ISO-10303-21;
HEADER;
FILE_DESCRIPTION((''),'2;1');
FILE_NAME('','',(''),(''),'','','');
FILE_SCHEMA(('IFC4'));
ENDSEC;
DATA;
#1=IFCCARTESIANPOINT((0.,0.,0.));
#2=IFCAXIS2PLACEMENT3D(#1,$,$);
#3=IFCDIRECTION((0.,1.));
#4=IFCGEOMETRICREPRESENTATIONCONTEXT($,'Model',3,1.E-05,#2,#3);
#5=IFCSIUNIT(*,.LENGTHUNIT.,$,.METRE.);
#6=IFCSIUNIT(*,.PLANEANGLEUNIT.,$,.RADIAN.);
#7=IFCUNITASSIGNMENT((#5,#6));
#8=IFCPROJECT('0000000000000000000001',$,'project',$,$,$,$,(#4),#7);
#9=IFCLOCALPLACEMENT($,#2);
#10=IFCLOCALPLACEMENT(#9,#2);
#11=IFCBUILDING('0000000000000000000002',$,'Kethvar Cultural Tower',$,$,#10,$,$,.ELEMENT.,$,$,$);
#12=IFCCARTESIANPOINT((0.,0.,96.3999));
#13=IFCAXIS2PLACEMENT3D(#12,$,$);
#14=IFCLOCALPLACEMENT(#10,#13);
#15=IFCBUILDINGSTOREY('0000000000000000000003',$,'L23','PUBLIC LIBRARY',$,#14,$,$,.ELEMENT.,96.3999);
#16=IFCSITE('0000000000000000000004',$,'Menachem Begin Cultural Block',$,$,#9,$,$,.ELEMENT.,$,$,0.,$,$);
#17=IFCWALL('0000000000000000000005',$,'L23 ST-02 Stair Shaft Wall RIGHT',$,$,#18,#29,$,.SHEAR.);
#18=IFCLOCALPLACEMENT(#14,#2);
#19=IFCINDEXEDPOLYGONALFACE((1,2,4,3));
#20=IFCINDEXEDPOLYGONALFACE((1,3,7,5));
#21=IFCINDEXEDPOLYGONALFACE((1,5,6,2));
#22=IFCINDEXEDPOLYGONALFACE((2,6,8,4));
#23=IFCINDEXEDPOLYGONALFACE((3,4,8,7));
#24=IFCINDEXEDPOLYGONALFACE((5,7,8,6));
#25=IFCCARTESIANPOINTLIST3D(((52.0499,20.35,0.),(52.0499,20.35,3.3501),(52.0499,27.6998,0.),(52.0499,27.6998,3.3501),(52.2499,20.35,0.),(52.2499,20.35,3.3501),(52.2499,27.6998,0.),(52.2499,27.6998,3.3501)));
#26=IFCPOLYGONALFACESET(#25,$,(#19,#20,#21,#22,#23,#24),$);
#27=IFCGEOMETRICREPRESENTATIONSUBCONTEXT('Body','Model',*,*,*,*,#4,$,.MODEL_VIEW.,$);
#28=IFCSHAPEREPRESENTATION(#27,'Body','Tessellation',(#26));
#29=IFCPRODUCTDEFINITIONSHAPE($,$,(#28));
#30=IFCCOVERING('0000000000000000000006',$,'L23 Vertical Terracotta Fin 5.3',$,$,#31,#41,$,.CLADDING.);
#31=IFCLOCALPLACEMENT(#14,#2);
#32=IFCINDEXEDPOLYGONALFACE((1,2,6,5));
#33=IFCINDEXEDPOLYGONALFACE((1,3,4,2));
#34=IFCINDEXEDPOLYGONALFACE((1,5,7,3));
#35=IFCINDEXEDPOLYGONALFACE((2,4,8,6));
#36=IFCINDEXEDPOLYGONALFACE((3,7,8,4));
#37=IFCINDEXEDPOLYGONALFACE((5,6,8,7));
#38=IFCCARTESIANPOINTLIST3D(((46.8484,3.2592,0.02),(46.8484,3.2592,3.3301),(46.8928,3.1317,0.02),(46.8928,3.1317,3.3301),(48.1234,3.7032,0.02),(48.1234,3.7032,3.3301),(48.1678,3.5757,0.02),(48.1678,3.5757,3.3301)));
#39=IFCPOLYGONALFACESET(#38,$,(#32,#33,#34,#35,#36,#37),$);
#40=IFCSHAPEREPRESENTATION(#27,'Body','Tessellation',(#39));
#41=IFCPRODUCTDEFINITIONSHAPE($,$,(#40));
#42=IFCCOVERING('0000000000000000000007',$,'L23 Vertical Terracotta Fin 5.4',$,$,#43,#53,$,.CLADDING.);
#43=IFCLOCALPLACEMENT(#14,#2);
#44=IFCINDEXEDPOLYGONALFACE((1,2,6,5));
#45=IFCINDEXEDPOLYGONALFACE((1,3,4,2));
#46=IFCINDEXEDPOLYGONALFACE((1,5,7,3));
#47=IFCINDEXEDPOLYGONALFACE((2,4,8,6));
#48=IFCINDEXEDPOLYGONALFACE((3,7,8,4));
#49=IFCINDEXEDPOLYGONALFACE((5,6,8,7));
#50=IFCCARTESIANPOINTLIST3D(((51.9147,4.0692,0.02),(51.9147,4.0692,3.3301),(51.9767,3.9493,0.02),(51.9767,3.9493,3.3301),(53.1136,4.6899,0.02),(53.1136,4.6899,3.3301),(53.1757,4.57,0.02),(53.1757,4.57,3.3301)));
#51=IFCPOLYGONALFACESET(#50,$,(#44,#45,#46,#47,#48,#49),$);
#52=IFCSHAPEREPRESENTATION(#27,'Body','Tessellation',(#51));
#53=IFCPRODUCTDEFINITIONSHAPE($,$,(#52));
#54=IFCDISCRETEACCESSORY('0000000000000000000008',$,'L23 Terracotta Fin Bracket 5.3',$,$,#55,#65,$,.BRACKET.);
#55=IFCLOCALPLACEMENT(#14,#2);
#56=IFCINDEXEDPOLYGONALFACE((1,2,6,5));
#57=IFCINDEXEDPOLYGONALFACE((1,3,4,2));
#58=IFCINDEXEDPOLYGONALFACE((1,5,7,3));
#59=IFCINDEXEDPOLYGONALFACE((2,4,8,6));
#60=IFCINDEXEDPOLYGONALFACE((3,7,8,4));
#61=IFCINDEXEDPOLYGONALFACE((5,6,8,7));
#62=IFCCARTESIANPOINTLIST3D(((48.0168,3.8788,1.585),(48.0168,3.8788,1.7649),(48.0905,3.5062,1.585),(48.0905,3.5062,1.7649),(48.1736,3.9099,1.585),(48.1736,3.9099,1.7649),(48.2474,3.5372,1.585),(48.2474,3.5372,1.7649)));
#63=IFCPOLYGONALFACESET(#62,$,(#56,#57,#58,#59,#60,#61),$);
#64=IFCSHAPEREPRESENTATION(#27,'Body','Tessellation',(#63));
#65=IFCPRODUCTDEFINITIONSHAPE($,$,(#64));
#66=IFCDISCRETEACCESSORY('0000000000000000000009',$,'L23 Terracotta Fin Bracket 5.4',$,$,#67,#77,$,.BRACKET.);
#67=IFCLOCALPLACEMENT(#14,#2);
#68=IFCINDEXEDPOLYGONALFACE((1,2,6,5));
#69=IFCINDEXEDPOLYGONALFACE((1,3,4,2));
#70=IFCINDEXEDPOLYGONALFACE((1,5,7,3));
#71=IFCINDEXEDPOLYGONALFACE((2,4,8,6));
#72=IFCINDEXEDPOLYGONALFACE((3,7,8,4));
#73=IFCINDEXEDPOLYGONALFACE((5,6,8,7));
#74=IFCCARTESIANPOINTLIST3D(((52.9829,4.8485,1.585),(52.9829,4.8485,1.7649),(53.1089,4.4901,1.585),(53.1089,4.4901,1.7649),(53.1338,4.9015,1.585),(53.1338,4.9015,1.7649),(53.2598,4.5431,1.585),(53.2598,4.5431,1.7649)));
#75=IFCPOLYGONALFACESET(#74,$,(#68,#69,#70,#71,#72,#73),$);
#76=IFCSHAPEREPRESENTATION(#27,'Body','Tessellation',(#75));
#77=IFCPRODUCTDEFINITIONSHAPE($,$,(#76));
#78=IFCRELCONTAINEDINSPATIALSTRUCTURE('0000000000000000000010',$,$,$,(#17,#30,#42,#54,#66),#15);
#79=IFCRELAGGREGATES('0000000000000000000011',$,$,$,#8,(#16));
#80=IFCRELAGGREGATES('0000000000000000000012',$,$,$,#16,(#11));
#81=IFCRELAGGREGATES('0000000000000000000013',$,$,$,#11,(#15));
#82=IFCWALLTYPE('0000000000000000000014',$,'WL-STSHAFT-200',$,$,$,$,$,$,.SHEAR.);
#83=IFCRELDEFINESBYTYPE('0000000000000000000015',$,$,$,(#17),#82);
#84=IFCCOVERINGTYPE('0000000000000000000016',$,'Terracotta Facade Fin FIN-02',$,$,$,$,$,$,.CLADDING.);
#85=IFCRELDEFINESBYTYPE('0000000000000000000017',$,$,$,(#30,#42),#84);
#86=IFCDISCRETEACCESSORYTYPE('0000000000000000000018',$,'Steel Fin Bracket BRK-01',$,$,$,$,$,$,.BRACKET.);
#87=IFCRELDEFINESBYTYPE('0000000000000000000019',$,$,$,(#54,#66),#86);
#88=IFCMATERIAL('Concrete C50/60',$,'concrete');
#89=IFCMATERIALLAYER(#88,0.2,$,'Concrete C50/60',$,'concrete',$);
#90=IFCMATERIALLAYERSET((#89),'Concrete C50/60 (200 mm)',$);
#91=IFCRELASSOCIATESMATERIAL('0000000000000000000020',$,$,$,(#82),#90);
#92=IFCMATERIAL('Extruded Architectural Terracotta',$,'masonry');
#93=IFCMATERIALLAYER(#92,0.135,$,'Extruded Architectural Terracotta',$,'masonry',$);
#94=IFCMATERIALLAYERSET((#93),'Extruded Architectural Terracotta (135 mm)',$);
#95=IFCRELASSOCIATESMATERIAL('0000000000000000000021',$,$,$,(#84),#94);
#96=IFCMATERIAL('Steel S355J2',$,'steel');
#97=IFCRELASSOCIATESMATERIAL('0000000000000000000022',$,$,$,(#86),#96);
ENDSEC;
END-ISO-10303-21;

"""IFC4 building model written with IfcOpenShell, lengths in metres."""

from ifc_helpers import new_model, si_unit, direction, frame, frame_2d, origin, origin_2d, place, context, subcontext, project, spatial, rectangle, extrude, source, transform, mapped, material, layer, layer_set, type_object, element, save


model = new_model("IFC4")

# Units and contexts
model_context = context("Model", 3, precision=1e-05, world=origin(), true_north=direction((0.0, 1.0)))
body_context = subcontext(model_context, "Body", "Model", "MODEL_VIEW")
ifc_project = project(units=[si_unit("LENGTHUNIT", "METRE"), si_unit("PLANEANGLEUNIT", "RADIAN")], contexts=[model_context])

# Site, building, storey
site_placement = place(None, origin())
site = spatial("IfcSite", under=ifc_project, at=site_placement, Name="Menachem Begin Cultural Block", CompositionType="ELEMENT", RefElevation=0.0)
building_placement = place(site_placement, origin())
building = spatial("IfcBuilding", under=site, at=building_placement, Name="Kethvar Cultural Tower", CompositionType="ELEMENT")
storey_placement = place(building_placement, frame((0.0, 0.0, 96.3999)))
storey = spatial("IfcBuildingStorey", under=building, at=storey_placement, Name="L23", Description="PUBLIC LIBRARY", CompositionType="ELEMENT", Elevation=96.3999)

# Shared definitions
ifc_material_1 = material(Name="Steel S355J2", Category="steel")

# Wall
ifc_material_2 = material(Name="Concrete C50/60", Category="concrete")
ifc_layer_1 = layer(ifc_material_2, 0.2, Name="Concrete C50/60", Category="concrete")
ifc_layer_set_1 = layer_set([ifc_layer_1], Name="Concrete C50/60 (200 mm)")
wall_type_1 = type_object("IfcWallType", Name="WL-STSHAFT-200", PredefinedType="SHEAR", material=ifc_layer_set_1)
wall_1_placement = place(storey_placement, frame((52.1499, 20.3501, 0.0), z_axis=(0.0, 0.0, 1.0), x_axis=(0.0, 1.0, 0.0)))
element("IfcWall", 1, at=wall_1_placement, inside=storey, type_object=wall_type_1, Name="L23 ST-02 Stair Shaft Wall RIGHT", PredefinedType="SHEAR", context=body_context, shape_type="SweptSolid", body=[
    extrude(rectangle(XDim=7.3499, YDim=0.2, at=frame_2d((3.6748, 0.0))), origin(), (0.0, 0.0, 1.0), 3.3501),
])

# Coverings
ifc_material_3 = material(Name="Extruded Architectural Terracotta", Category="masonry")
ifc_layer_2 = layer(ifc_material_3, 0.135, Name="Extruded Architectural Terracotta", Category="masonry")
ifc_layer_set_2 = layer_set([ifc_layer_2], Name="Extruded Architectural Terracotta (135 mm)")
covering_type = type_object("IfcCoveringType", Name="Terracotta Facade Fin FIN-02", PredefinedType="CLADDING", material=ifc_layer_set_2)
shared_shape_1 = source(origin(), body_context, "Body", "SweptSolid", [
    extrude(rectangle(XDim=1.3501, YDim=0.135, at=origin_2d()), origin(), (0.0, 0.0, 1.0), 3.3101),
])
for number, where, z_axis, x_axis, name in (
    (2, (47.5081, 3.4175, 0.02), (0.0, 0.0, 1.0), (-0.944376, -0.328867, 0.0), "L23 Vertical Terracotta Fin 5.3"),
    (3, (52.5452, 4.3196, 0.02), (0.0, 0.0, 1.0), (-0.888056, -0.459735, 0.0), "L23 Vertical Terracotta Fin 5.4"),
):
    element("IfcCovering", number, at=place(storey_placement, frame(where, z_axis=z_axis, x_axis=x_axis)), inside=storey, type_object=covering_type, Name=name, PredefinedType="CLADDING", context=body_context, shape_type="MappedRepresentation", body=[
        mapped(shared_shape_1, transform((0.0, 0.0, 0.0), scale=1.0)),
    ])

# Discrete accessories
discrete_accessory_type = type_object("IfcDiscreteAccessoryType", Name="Steel Fin Bracket BRK-01", PredefinedType="BRACKET", material=ifc_material_1)
shared_shape_2 = source(origin(), body_context, "Body", "SweptSolid", [
    extrude(rectangle(XDim=0.3799, YDim=0.1599, at=origin_2d()), origin(), (0.0, 0.0, 1.0), 0.1799),
])
for number, where, z_axis, x_axis, name in (
    (4, (48.1321, 3.708, 1.585), (0.0, 0.0, 1.0), (0.194234, -0.980955, 0.0), "L23 Terracotta Fin Bracket 5.3"),
    (5, (53.1213, 4.6958, 1.585), (0.0, 0.0, 1.0), (0.331667, -0.943396, 0.0), "L23 Terracotta Fin Bracket 5.4"),
):
    element("IfcDiscreteAccessory", number, at=place(storey_placement, frame(where, z_axis=z_axis, x_axis=x_axis)), inside=storey, type_object=discrete_accessory_type, Name=name, PredefinedType="BRACKET", context=body_context, shape_type="MappedRepresentation", body=[
        mapped(shared_shape_2, transform((0.0, 0.0, 0.0), scale=1.0)),
    ])

save(model, "model.ifc")
